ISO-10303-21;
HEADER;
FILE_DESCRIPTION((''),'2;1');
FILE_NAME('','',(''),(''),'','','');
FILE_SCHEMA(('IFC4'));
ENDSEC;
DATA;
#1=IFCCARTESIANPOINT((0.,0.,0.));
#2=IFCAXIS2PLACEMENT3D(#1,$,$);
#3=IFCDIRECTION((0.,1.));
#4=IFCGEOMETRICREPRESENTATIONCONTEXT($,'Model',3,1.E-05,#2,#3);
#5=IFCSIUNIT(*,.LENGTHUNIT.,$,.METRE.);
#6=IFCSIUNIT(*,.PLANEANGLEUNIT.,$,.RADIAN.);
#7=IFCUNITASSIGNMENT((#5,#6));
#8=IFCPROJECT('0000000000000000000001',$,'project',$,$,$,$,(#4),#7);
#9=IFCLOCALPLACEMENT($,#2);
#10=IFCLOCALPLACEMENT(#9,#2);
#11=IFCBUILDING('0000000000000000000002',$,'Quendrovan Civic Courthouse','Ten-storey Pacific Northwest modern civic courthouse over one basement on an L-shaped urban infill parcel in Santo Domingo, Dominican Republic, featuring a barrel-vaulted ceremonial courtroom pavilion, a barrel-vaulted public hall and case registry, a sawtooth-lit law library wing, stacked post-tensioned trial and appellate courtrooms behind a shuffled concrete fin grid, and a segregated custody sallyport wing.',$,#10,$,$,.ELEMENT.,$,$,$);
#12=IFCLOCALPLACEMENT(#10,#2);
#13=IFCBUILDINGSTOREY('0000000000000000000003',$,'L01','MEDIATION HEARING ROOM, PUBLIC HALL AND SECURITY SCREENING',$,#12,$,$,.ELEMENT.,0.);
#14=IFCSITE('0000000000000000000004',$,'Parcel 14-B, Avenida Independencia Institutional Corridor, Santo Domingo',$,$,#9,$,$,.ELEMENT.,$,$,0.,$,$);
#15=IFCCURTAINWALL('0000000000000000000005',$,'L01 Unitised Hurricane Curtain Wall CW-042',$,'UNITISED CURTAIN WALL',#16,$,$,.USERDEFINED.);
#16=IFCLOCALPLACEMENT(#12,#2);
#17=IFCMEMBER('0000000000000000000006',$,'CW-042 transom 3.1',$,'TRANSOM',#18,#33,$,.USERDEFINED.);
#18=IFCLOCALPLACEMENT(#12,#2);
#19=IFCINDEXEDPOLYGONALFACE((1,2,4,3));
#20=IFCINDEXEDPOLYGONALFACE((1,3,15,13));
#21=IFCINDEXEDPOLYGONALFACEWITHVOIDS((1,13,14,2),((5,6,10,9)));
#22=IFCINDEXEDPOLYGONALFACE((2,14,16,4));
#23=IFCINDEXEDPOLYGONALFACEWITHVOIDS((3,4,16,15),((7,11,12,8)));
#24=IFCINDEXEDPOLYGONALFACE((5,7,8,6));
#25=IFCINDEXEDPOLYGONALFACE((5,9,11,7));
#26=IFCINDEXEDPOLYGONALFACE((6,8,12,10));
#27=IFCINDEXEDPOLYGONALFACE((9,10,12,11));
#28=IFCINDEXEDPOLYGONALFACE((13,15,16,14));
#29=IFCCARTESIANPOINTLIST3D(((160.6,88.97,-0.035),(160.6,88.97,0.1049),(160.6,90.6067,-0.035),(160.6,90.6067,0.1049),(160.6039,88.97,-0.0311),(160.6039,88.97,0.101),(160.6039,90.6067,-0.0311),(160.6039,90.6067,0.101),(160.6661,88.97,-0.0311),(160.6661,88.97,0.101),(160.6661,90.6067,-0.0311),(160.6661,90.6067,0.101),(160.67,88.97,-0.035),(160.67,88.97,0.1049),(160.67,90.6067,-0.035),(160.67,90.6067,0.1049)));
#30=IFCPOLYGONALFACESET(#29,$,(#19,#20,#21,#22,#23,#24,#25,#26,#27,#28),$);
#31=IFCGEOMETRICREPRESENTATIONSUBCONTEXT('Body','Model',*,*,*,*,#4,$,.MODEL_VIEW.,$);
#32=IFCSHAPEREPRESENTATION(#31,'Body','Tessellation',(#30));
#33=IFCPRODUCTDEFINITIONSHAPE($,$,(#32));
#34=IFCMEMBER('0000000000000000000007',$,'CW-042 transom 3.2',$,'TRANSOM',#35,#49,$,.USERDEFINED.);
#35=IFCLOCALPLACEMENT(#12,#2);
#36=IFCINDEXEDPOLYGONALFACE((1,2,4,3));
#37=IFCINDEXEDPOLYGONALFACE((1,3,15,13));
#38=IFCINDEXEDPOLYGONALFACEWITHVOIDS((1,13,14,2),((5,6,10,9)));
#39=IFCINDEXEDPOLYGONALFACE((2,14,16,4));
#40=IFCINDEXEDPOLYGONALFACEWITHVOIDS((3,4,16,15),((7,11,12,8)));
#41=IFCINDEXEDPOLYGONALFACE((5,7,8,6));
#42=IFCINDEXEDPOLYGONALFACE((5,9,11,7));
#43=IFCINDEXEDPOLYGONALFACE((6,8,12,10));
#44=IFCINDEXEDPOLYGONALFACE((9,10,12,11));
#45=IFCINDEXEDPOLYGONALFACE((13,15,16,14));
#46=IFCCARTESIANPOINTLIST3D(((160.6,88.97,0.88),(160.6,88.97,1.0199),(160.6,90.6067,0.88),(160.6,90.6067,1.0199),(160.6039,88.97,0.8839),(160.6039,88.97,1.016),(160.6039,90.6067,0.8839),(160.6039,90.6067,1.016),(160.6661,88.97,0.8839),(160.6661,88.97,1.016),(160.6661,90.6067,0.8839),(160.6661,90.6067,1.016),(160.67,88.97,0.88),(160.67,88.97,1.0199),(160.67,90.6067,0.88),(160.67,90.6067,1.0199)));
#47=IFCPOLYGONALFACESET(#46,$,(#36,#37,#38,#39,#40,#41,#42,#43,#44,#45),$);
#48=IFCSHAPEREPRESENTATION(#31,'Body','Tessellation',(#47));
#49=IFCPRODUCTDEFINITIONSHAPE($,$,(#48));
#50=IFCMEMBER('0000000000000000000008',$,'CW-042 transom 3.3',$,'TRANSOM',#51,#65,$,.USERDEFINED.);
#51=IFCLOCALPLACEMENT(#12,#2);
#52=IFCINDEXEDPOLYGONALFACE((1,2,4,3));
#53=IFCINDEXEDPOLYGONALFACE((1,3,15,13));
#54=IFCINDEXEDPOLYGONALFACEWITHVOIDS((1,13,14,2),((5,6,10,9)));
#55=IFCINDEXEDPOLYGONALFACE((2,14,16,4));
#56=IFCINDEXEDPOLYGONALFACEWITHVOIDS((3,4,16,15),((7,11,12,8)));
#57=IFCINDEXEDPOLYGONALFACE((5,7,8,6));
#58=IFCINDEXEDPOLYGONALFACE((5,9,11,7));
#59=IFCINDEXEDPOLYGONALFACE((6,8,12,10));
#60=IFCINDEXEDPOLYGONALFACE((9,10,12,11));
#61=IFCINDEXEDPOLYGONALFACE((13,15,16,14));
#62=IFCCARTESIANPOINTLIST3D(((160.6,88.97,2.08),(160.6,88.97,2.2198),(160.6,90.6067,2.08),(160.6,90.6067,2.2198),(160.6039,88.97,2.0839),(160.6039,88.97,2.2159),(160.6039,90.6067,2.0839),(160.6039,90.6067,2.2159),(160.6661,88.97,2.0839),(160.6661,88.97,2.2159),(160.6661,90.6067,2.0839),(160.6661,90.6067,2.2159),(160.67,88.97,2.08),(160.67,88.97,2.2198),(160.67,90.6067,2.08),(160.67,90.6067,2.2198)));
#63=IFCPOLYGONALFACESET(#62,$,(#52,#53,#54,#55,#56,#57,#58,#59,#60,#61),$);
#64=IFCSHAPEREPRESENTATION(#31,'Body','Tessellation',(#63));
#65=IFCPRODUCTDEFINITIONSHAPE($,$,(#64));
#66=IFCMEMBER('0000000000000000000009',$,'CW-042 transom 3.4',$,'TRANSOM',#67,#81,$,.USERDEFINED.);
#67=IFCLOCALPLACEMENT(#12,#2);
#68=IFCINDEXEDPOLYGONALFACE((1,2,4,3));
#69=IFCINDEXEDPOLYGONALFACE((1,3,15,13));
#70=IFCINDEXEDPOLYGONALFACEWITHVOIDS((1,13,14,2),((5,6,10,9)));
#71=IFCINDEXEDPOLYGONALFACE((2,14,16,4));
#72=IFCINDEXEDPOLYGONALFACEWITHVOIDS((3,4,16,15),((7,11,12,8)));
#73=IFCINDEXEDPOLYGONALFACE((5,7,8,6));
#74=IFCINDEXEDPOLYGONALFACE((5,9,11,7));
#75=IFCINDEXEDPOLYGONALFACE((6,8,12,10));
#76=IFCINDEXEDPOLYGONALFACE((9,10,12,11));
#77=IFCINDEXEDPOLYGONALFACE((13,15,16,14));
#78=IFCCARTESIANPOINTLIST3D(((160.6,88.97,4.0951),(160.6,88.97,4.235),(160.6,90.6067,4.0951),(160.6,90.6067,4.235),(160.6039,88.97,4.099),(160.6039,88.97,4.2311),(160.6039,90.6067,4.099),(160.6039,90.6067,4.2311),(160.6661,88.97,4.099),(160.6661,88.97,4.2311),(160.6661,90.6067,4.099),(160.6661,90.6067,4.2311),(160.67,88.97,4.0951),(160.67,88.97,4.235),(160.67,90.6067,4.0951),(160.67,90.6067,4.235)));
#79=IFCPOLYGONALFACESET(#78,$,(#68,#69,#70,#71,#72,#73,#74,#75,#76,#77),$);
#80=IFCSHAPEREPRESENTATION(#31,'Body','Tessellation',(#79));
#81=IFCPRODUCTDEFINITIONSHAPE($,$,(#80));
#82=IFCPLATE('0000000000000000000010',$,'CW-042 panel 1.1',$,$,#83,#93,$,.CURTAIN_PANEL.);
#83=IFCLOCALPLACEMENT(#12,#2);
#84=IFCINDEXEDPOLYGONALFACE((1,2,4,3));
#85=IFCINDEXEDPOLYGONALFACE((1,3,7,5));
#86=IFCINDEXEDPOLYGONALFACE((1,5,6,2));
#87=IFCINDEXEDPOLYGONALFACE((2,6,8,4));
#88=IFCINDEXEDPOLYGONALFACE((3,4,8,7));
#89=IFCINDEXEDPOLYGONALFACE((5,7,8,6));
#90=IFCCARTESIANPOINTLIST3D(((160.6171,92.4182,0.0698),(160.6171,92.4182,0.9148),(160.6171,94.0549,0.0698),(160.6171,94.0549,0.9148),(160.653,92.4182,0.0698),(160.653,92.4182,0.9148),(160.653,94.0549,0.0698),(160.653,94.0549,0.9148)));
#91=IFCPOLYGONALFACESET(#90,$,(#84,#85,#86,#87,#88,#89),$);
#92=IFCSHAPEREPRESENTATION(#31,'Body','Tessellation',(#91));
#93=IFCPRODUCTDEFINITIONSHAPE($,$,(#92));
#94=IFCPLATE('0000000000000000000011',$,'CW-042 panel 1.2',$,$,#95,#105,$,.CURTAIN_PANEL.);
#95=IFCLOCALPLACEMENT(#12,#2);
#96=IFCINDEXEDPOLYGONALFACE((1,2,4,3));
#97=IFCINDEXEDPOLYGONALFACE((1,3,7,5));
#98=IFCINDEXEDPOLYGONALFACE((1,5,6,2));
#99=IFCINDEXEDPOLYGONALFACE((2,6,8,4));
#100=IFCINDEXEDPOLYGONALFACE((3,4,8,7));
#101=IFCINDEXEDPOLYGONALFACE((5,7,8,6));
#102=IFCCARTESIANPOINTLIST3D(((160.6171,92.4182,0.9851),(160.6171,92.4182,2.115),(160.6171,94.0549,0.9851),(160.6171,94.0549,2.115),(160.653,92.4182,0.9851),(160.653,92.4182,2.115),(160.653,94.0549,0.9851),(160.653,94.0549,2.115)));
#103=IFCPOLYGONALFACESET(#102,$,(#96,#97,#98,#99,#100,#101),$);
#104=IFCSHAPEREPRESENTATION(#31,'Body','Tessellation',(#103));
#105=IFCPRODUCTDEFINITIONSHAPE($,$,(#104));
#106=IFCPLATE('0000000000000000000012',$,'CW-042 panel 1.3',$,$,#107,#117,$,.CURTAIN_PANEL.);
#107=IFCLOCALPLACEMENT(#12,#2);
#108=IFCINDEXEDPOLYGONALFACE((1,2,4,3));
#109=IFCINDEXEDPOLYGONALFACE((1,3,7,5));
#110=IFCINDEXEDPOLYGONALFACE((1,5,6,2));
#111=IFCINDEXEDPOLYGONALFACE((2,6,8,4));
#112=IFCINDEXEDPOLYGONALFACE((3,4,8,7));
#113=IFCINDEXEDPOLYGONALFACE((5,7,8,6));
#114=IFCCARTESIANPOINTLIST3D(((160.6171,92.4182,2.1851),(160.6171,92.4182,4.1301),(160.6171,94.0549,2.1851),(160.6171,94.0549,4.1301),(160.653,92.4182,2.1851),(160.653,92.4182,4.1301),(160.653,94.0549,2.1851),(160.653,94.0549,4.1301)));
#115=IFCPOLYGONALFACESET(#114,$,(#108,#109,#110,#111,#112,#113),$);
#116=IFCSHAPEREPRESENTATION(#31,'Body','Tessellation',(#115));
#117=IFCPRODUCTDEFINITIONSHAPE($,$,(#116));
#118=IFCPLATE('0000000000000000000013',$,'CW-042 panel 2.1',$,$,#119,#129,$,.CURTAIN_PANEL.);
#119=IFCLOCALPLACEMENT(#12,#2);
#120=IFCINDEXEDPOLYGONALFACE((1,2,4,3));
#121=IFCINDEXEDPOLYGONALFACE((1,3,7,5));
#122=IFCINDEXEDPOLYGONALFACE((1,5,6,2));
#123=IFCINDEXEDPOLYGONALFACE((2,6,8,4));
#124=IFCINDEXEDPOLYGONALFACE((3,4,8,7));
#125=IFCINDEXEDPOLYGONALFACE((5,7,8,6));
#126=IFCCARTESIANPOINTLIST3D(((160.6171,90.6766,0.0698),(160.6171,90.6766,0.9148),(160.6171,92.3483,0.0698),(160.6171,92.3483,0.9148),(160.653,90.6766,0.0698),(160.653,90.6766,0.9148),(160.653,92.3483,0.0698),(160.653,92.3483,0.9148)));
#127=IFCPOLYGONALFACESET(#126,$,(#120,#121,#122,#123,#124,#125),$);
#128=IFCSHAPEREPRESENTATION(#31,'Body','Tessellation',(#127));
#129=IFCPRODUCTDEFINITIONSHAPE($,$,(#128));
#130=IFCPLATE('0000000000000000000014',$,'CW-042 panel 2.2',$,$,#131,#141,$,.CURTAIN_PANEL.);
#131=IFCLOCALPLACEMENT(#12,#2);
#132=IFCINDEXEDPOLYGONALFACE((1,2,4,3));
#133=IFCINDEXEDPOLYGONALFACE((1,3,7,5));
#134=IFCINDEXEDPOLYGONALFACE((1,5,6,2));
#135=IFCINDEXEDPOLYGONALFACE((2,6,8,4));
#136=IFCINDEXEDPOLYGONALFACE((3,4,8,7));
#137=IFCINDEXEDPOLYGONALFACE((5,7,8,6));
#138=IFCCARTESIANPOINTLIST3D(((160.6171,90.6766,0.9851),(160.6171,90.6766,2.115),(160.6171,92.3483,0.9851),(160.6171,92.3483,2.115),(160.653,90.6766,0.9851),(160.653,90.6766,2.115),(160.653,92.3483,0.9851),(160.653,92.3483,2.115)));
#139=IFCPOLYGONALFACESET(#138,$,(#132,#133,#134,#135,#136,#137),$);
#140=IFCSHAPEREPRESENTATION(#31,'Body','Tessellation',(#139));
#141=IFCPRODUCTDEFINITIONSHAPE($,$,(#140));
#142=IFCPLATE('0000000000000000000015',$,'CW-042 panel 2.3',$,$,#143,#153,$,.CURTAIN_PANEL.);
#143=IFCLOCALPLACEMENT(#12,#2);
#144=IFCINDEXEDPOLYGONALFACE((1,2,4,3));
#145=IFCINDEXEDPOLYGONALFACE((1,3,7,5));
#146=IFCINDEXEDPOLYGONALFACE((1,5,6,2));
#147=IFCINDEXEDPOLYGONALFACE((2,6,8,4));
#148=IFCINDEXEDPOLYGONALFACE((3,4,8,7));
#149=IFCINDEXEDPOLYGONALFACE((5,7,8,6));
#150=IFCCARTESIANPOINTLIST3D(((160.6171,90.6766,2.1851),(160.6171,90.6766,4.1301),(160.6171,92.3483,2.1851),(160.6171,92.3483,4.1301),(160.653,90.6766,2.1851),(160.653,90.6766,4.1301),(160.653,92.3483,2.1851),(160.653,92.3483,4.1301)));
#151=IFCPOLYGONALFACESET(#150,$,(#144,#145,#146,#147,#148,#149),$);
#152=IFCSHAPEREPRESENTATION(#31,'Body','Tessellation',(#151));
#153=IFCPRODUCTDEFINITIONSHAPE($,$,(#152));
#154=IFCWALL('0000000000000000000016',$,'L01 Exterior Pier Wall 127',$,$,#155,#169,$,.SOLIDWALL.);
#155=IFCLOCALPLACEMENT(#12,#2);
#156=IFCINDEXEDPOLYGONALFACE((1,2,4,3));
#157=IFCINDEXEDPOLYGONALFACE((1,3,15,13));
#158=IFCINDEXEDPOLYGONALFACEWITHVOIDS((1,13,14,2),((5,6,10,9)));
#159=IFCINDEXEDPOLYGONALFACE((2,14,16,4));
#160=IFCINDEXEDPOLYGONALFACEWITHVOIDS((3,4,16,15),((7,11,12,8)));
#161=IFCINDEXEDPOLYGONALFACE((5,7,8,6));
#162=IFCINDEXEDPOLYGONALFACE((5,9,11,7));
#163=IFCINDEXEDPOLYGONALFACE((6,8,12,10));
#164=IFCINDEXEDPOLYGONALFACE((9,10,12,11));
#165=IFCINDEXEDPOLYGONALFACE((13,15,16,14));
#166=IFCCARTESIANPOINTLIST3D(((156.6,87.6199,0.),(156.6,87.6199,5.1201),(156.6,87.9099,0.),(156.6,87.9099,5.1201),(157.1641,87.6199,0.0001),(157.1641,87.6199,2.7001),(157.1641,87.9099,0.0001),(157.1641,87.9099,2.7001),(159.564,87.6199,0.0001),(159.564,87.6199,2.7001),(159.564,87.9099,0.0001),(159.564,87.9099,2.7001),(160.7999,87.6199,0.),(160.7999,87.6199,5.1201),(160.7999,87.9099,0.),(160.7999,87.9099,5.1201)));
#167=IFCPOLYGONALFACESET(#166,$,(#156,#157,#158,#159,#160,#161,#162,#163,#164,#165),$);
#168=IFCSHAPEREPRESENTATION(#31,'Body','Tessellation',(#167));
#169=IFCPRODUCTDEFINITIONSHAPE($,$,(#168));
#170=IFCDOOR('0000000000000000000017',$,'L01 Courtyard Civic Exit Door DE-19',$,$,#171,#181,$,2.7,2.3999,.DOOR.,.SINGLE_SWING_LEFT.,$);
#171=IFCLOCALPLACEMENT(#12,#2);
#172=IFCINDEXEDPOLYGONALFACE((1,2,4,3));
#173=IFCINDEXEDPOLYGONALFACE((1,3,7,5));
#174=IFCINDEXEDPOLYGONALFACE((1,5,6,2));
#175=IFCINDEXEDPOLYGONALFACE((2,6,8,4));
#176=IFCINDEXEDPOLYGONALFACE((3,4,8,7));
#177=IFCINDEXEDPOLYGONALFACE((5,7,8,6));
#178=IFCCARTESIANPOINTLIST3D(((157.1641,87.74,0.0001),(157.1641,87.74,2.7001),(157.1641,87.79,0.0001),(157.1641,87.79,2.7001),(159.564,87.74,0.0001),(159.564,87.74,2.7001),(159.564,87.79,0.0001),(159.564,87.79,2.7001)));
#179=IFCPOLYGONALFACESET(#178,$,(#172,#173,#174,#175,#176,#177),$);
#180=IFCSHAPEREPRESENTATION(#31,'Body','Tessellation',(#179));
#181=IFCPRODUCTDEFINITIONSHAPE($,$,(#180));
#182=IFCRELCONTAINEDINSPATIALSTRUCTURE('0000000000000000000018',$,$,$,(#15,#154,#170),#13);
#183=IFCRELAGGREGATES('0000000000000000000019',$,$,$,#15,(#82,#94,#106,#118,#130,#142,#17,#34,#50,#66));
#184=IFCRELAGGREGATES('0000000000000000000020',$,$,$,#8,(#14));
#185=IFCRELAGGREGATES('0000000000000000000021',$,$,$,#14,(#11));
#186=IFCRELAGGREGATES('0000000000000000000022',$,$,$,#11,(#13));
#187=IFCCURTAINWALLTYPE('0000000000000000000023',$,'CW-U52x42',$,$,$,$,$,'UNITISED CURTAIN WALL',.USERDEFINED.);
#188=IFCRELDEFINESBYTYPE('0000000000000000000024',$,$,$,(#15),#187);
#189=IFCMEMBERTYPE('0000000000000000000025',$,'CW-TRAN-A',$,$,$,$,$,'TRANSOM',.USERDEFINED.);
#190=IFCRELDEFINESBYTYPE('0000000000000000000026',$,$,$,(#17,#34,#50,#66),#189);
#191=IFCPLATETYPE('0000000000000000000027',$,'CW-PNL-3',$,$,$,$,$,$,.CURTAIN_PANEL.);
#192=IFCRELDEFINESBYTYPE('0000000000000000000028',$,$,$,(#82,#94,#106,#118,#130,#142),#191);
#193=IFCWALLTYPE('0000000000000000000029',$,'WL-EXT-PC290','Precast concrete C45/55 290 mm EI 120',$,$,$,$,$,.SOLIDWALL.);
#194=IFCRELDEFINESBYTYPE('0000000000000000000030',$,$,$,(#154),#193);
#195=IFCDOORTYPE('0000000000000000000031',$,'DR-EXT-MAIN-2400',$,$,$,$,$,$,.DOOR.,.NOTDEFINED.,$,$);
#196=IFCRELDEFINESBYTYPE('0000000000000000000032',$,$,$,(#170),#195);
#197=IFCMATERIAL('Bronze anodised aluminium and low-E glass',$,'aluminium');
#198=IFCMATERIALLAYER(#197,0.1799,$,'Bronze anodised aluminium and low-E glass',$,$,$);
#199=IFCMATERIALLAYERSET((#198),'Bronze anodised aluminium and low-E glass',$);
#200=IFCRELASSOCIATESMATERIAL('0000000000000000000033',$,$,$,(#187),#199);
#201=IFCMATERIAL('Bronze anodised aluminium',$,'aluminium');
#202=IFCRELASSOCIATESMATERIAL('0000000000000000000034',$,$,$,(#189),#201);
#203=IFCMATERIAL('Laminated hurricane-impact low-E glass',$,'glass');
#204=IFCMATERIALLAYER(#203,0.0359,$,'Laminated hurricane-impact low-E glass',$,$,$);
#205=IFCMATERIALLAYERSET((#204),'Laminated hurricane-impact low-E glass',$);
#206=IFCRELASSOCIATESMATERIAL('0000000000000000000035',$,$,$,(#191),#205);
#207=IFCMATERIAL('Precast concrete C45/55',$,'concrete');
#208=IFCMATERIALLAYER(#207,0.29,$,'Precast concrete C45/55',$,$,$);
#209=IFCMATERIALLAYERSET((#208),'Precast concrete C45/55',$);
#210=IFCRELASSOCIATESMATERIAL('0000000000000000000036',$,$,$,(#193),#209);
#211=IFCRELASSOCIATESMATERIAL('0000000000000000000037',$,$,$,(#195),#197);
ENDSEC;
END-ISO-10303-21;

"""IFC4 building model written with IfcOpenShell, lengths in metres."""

from ifc_helpers import new_model, si_unit, direction, frame, frame_2d, origin, origin_2d, place, context, subcontext, project, spatial, rectangle, hollow_rectangle, extrude, material, layer, layer_set, material_profile, profile_set, type_object, element, fill, aggregate, save


model = new_model("IFC4")

# Units and contexts
model_context = context("Model", 3, precision=1e-05, world=origin(), true_north=direction((0.0, 1.0)))
body_context = subcontext(model_context, "Body", "Model", "MODEL_VIEW")
ifc_project = project(units=[si_unit("LENGTHUNIT", "METRE"), si_unit("PLANEANGLEUNIT", "RADIAN")], contexts=[model_context])

# Site, building, storey
site_placement = place(None, origin())
site = spatial("IfcSite", under=ifc_project, at=site_placement, Name="Parcel 14-B, Avenida Independencia Institutional Corridor, Santo Domingo", CompositionType="ELEMENT", RefElevation=0.0)
building_placement = place(site_placement, origin())
building = spatial("IfcBuilding", under=site, at=building_placement, Name="Quendrovan Civic Courthouse", Description="Ten-storey Pacific Northwest modern civic courthouse over one basement on an L-shaped urban infill parcel in Santo Domingo, Dominican Republic, featuring a barrel-vaulted ceremonial courtroom pavilion, a barrel-vaulted public hall and case registry, a sawtooth-lit law library wing, stacked post-tensioned trial and appellate courtrooms behind a shuffled concrete fin grid, and a segregated custody sallyport wing.", CompositionType="ELEMENT")
storey_placement = place(building_placement, origin())
storey = spatial("IfcBuildingStorey", under=building, at=storey_placement, Name="L01", Description="MEDIATION HEARING ROOM, PUBLIC HALL AND SECURITY SCREENING", CompositionType="ELEMENT", Elevation=0.0)

# Curtain wall, members, plates
ifc_material_1 = material(Name="Bronze anodised aluminium and low-E glass", Category="aluminium")
ifc_layer_1 = layer(ifc_material_1, 0.1799, Name="Bronze anodised aluminium and low-E glass")
ifc_layer_set_1 = layer_set([ifc_layer_1], Name="Bronze anodised aluminium and low-E glass")
curtain_wall_type = type_object("IfcCurtainWallType", Name="CW-U52x42", ElementType="UNITISED CURTAIN WALL", PredefinedType="USERDEFINED", material=ifc_layer_set_1)
curtain_wall_placement = place(storey_placement, origin())
curtain_wall = element("IfcCurtainWall", 1, at=curtain_wall_placement, inside=storey, type_object=curtain_wall_type, Name="L01 Unitised Hurricane Curtain Wall CW-042", ObjectType="UNITISED CURTAIN WALL", PredefinedType="USERDEFINED")
ifc_material_2 = material(Name="Bronze anodised aluminium", Category="aluminium")
ifc_material_profile_1 = material_profile(ifc_material_2, hollow_rectangle(XDim=0.0701, YDim=0.1399, WallThickness=0.0039, at=origin_2d()), Name="CW-TRAN-70x140")
ifc_profile_set_1 = profile_set([ifc_material_profile_1], Name="Bronze anodised aluminium")
member_type_1 = type_object("IfcMemberType", Name="CW-TRAN-A", ElementType="TRANSOM", PredefinedType="USERDEFINED", material=ifc_profile_set_1)
member_1_placement = place(storey_placement, frame((160.635, 90.6067, 0.0349), z_axis=(0.0, -1.0, 0.0), x_axis=(1.0, 0.0, 0.0)))
member_1 = element("IfcMember", 2, at=member_1_placement, type_object=member_type_1, Name="CW-042 transom 3.1", ObjectType="TRANSOM", PredefinedType="USERDEFINED", context=body_context, shape_type="SweptSolid", body=[
    extrude(hollow_rectangle(XDim=0.0701, YDim=0.1399, WallThickness=0.0039, at=origin_2d()), origin(), (0.0, 0.0, 1.0), 1.6367),
])
member_2_placement = place(storey_placement, frame((160.635, 90.6067, 0.95), z_axis=(0.0, -1.0, 0.0), x_axis=(1.0, 0.0, 0.0)))
member_2 = element("IfcMember", 3, at=member_2_placement, type_object=member_type_1, Name="CW-042 transom 3.2", ObjectType="TRANSOM", PredefinedType="USERDEFINED", context=body_context, shape_type="SweptSolid", body=[
    extrude(hollow_rectangle(XDim=0.0701, YDim=0.1399, WallThickness=0.0039, at=origin_2d()), origin(), (0.0, 0.0, 1.0), 1.6367),
])
member_3_placement = place(storey_placement, frame((160.635, 90.6067, 2.1499), z_axis=(0.0, -1.0, 0.0), x_axis=(1.0, 0.0, 0.0)))
member_3 = element("IfcMember", 4, at=member_3_placement, type_object=member_type_1, Name="CW-042 transom 3.3", ObjectType="TRANSOM", PredefinedType="USERDEFINED", context=body_context, shape_type="SweptSolid", body=[
    extrude(hollow_rectangle(XDim=0.0701, YDim=0.1399, WallThickness=0.0039, at=origin_2d()), origin(), (0.0, 0.0, 1.0), 1.6367),
])
member_4_placement = place(storey_placement, frame((160.635, 90.6067, 4.165), z_axis=(0.0, -1.0, 0.0), x_axis=(1.0, 0.0, 0.0)))
member_4 = element("IfcMember", 5, at=member_4_placement, type_object=member_type_1, Name="CW-042 transom 3.4", ObjectType="TRANSOM", PredefinedType="USERDEFINED", context=body_context, shape_type="SweptSolid", body=[
    extrude(hollow_rectangle(XDim=0.0701, YDim=0.1399, WallThickness=0.0039, at=origin_2d()), origin(), (0.0, 0.0, 1.0), 1.6367),
])
ifc_material_3 = material(Name="Laminated hurricane-impact low-E glass", Category="glass")
ifc_layer_2 = layer(ifc_material_3, 0.0359, Name="Laminated hurricane-impact low-E glass")
ifc_layer_set_2 = layer_set([ifc_layer_2], Name="Laminated hurricane-impact low-E glass")
plate_type = type_object("IfcPlateType", Name="CW-PNL-3", PredefinedType="CURTAIN_PANEL", material=ifc_layer_set_2)
plate_1_placement = place(storey_placement, frame((160.635, 93.2366, 0.0698), z_axis=(0.0, 0.0, 1.0), x_axis=(0.0, -1.0, 0.0)))
plate_1 = element("IfcPlate", 6, at=plate_1_placement, type_object=plate_type, Name="CW-042 panel 1.1", PredefinedType="CURTAIN_PANEL", context=body_context, shape_type="SweptSolid", body=[
    extrude(rectangle(XDim=1.6367, YDim=0.0359, at=origin_2d()), origin(), (0.0, 0.0, 1.0), 0.845),
])
plate_2_placement = place(storey_placement, frame((160.635, 93.2366, 0.9851), z_axis=(0.0, 0.0, 1.0), x_axis=(0.0, -1.0, 0.0)))
plate_2 = element("IfcPlate", 7, at=plate_2_placement, type_object=plate_type, Name="CW-042 panel 1.2", PredefinedType="CURTAIN_PANEL", context=body_context, shape_type="SweptSolid", body=[
    extrude(rectangle(XDim=1.6367, YDim=0.0359, at=origin_2d()), origin(), (0.0, 0.0, 1.0), 1.1299),
])
plate_3_placement = place(storey_placement, frame((160.635, 93.2366, 2.1851), z_axis=(0.0, 0.0, 1.0), x_axis=(0.0, -1.0, 0.0)))
plate_3 = element("IfcPlate", 8, at=plate_3_placement, type_object=plate_type, Name="CW-042 panel 1.3", PredefinedType="CURTAIN_PANEL", context=body_context, shape_type="SweptSolid", body=[
    extrude(rectangle(XDim=1.6367, YDim=0.0359, at=origin_2d()), origin(), (0.0, 0.0, 1.0), 1.9451),
])
plate_4_placement = place(storey_placement, frame((160.635, 91.5125, 0.0698), z_axis=(0.0, 0.0, 1.0), x_axis=(0.0, -1.0, 0.0)))
plate_4 = element("IfcPlate", 9, at=plate_4_placement, type_object=plate_type, Name="CW-042 panel 2.1", PredefinedType="CURTAIN_PANEL", context=body_context, shape_type="SweptSolid", body=[
    extrude(rectangle(XDim=1.6716, YDim=0.0359, at=origin_2d()), origin(), (0.0, 0.0, 1.0), 0.845),
])
plate_5_placement = place(storey_placement, frame((160.635, 91.5125, 0.9851), z_axis=(0.0, 0.0, 1.0), x_axis=(0.0, -1.0, 0.0)))
plate_5 = element("IfcPlate", 10, at=plate_5_placement, type_object=plate_type, Name="CW-042 panel 2.2", PredefinedType="CURTAIN_PANEL", context=body_context, shape_type="SweptSolid", body=[
    extrude(rectangle(XDim=1.6716, YDim=0.0359, at=origin_2d()), origin(), (0.0, 0.0, 1.0), 1.1299),
])
plate_6_placement = place(storey_placement, frame((160.635, 91.5125, 2.1851), z_axis=(0.0, 0.0, 1.0), x_axis=(0.0, -1.0, 0.0)))
plate_6 = element("IfcPlate", 11, at=plate_6_placement, type_object=plate_type, Name="CW-042 panel 2.3", PredefinedType="CURTAIN_PANEL", context=body_context, shape_type="SweptSolid", body=[
    extrude(rectangle(XDim=1.6716, YDim=0.0359, at=origin_2d()), origin(), (0.0, 0.0, 1.0), 1.9451),
])
aggregate(curtain_wall, [plate_1, plate_2, plate_3, plate_4, plate_5, plate_6, member_1, member_2, member_3, member_4])

# Wall, opening, door
ifc_material_4 = material(Name="Precast concrete C45/55", Category="concrete")
ifc_layer_3 = layer(ifc_material_4, 0.29, Name="Precast concrete C45/55")
ifc_layer_set_3 = layer_set([ifc_layer_3], Name="Precast concrete C45/55")
wall_type = type_object("IfcWallType", Name="WL-EXT-PC290", Description="Precast concrete C45/55 290 mm EI 120", PredefinedType="SOLIDWALL", material=ifc_layer_set_3)
wall_placement = place(storey_placement, frame((160.8, 87.7649, 0.0), z_axis=(0.0, 0.0, 1.0), x_axis=(-1.0, 0.0, 0.0)))
wall = element("IfcWall", 12, at=wall_placement, inside=storey, type_object=wall_type, Name="L01 Exterior Pier Wall 127", PredefinedType="SOLIDWALL", context=body_context, shape_type="SweptSolid", body=[
    extrude(rectangle(XDim=4.2, YDim=0.29, at=frame_2d((2.1001, 0.0))), origin(), (0.0, 0.0, 1.0), 5.1201),
])
opening_placement = place(wall_placement, frame((1.2361, 0.0, 0.0)))
opening = element("IfcOpeningElement", 13, at=opening_placement, cuts=wall, PredefinedType="OPENING", context=body_context, shape_type="SweptSolid", body=[
    extrude(rectangle(XDim=2.3999, YDim=2.7, at=frame_2d((1.2, 1.3501))), frame((0.0, 0.155, 0.0), z_axis=(0.0, -1.0, 0.0), x_axis=(1.0, 0.0, 0.0)), (0.0, 0.0, 1.0), 0.3101),
])
door_type = type_object("IfcDoorType", Name="DR-EXT-MAIN-2400", OperationType="NOTDEFINED", PredefinedType="DOOR", material=ifc_material_1)
door_placement = place(opening_placement, origin())
door = element("IfcDoor", 14, at=door_placement, inside=storey, type_object=door_type, Name="L01 Courtyard Civic Exit Door DE-19", OperationType="SINGLE_SWING_LEFT", OverallHeight=2.7, OverallWidth=2.3999, PredefinedType="DOOR", context=body_context, shape_type="SweptSolid", body=[
    extrude(rectangle(XDim=2.3999, YDim=2.7, at=frame_2d((1.2, 1.3501))), frame((0.0, 0.0249, 0.0), z_axis=(0.0, -1.0, 0.0), x_axis=(1.0, 0.0, 0.0)), (0.0, 0.0, 1.0), 0.05),
])
fill(opening, door)

save(model, "model.ifc")
